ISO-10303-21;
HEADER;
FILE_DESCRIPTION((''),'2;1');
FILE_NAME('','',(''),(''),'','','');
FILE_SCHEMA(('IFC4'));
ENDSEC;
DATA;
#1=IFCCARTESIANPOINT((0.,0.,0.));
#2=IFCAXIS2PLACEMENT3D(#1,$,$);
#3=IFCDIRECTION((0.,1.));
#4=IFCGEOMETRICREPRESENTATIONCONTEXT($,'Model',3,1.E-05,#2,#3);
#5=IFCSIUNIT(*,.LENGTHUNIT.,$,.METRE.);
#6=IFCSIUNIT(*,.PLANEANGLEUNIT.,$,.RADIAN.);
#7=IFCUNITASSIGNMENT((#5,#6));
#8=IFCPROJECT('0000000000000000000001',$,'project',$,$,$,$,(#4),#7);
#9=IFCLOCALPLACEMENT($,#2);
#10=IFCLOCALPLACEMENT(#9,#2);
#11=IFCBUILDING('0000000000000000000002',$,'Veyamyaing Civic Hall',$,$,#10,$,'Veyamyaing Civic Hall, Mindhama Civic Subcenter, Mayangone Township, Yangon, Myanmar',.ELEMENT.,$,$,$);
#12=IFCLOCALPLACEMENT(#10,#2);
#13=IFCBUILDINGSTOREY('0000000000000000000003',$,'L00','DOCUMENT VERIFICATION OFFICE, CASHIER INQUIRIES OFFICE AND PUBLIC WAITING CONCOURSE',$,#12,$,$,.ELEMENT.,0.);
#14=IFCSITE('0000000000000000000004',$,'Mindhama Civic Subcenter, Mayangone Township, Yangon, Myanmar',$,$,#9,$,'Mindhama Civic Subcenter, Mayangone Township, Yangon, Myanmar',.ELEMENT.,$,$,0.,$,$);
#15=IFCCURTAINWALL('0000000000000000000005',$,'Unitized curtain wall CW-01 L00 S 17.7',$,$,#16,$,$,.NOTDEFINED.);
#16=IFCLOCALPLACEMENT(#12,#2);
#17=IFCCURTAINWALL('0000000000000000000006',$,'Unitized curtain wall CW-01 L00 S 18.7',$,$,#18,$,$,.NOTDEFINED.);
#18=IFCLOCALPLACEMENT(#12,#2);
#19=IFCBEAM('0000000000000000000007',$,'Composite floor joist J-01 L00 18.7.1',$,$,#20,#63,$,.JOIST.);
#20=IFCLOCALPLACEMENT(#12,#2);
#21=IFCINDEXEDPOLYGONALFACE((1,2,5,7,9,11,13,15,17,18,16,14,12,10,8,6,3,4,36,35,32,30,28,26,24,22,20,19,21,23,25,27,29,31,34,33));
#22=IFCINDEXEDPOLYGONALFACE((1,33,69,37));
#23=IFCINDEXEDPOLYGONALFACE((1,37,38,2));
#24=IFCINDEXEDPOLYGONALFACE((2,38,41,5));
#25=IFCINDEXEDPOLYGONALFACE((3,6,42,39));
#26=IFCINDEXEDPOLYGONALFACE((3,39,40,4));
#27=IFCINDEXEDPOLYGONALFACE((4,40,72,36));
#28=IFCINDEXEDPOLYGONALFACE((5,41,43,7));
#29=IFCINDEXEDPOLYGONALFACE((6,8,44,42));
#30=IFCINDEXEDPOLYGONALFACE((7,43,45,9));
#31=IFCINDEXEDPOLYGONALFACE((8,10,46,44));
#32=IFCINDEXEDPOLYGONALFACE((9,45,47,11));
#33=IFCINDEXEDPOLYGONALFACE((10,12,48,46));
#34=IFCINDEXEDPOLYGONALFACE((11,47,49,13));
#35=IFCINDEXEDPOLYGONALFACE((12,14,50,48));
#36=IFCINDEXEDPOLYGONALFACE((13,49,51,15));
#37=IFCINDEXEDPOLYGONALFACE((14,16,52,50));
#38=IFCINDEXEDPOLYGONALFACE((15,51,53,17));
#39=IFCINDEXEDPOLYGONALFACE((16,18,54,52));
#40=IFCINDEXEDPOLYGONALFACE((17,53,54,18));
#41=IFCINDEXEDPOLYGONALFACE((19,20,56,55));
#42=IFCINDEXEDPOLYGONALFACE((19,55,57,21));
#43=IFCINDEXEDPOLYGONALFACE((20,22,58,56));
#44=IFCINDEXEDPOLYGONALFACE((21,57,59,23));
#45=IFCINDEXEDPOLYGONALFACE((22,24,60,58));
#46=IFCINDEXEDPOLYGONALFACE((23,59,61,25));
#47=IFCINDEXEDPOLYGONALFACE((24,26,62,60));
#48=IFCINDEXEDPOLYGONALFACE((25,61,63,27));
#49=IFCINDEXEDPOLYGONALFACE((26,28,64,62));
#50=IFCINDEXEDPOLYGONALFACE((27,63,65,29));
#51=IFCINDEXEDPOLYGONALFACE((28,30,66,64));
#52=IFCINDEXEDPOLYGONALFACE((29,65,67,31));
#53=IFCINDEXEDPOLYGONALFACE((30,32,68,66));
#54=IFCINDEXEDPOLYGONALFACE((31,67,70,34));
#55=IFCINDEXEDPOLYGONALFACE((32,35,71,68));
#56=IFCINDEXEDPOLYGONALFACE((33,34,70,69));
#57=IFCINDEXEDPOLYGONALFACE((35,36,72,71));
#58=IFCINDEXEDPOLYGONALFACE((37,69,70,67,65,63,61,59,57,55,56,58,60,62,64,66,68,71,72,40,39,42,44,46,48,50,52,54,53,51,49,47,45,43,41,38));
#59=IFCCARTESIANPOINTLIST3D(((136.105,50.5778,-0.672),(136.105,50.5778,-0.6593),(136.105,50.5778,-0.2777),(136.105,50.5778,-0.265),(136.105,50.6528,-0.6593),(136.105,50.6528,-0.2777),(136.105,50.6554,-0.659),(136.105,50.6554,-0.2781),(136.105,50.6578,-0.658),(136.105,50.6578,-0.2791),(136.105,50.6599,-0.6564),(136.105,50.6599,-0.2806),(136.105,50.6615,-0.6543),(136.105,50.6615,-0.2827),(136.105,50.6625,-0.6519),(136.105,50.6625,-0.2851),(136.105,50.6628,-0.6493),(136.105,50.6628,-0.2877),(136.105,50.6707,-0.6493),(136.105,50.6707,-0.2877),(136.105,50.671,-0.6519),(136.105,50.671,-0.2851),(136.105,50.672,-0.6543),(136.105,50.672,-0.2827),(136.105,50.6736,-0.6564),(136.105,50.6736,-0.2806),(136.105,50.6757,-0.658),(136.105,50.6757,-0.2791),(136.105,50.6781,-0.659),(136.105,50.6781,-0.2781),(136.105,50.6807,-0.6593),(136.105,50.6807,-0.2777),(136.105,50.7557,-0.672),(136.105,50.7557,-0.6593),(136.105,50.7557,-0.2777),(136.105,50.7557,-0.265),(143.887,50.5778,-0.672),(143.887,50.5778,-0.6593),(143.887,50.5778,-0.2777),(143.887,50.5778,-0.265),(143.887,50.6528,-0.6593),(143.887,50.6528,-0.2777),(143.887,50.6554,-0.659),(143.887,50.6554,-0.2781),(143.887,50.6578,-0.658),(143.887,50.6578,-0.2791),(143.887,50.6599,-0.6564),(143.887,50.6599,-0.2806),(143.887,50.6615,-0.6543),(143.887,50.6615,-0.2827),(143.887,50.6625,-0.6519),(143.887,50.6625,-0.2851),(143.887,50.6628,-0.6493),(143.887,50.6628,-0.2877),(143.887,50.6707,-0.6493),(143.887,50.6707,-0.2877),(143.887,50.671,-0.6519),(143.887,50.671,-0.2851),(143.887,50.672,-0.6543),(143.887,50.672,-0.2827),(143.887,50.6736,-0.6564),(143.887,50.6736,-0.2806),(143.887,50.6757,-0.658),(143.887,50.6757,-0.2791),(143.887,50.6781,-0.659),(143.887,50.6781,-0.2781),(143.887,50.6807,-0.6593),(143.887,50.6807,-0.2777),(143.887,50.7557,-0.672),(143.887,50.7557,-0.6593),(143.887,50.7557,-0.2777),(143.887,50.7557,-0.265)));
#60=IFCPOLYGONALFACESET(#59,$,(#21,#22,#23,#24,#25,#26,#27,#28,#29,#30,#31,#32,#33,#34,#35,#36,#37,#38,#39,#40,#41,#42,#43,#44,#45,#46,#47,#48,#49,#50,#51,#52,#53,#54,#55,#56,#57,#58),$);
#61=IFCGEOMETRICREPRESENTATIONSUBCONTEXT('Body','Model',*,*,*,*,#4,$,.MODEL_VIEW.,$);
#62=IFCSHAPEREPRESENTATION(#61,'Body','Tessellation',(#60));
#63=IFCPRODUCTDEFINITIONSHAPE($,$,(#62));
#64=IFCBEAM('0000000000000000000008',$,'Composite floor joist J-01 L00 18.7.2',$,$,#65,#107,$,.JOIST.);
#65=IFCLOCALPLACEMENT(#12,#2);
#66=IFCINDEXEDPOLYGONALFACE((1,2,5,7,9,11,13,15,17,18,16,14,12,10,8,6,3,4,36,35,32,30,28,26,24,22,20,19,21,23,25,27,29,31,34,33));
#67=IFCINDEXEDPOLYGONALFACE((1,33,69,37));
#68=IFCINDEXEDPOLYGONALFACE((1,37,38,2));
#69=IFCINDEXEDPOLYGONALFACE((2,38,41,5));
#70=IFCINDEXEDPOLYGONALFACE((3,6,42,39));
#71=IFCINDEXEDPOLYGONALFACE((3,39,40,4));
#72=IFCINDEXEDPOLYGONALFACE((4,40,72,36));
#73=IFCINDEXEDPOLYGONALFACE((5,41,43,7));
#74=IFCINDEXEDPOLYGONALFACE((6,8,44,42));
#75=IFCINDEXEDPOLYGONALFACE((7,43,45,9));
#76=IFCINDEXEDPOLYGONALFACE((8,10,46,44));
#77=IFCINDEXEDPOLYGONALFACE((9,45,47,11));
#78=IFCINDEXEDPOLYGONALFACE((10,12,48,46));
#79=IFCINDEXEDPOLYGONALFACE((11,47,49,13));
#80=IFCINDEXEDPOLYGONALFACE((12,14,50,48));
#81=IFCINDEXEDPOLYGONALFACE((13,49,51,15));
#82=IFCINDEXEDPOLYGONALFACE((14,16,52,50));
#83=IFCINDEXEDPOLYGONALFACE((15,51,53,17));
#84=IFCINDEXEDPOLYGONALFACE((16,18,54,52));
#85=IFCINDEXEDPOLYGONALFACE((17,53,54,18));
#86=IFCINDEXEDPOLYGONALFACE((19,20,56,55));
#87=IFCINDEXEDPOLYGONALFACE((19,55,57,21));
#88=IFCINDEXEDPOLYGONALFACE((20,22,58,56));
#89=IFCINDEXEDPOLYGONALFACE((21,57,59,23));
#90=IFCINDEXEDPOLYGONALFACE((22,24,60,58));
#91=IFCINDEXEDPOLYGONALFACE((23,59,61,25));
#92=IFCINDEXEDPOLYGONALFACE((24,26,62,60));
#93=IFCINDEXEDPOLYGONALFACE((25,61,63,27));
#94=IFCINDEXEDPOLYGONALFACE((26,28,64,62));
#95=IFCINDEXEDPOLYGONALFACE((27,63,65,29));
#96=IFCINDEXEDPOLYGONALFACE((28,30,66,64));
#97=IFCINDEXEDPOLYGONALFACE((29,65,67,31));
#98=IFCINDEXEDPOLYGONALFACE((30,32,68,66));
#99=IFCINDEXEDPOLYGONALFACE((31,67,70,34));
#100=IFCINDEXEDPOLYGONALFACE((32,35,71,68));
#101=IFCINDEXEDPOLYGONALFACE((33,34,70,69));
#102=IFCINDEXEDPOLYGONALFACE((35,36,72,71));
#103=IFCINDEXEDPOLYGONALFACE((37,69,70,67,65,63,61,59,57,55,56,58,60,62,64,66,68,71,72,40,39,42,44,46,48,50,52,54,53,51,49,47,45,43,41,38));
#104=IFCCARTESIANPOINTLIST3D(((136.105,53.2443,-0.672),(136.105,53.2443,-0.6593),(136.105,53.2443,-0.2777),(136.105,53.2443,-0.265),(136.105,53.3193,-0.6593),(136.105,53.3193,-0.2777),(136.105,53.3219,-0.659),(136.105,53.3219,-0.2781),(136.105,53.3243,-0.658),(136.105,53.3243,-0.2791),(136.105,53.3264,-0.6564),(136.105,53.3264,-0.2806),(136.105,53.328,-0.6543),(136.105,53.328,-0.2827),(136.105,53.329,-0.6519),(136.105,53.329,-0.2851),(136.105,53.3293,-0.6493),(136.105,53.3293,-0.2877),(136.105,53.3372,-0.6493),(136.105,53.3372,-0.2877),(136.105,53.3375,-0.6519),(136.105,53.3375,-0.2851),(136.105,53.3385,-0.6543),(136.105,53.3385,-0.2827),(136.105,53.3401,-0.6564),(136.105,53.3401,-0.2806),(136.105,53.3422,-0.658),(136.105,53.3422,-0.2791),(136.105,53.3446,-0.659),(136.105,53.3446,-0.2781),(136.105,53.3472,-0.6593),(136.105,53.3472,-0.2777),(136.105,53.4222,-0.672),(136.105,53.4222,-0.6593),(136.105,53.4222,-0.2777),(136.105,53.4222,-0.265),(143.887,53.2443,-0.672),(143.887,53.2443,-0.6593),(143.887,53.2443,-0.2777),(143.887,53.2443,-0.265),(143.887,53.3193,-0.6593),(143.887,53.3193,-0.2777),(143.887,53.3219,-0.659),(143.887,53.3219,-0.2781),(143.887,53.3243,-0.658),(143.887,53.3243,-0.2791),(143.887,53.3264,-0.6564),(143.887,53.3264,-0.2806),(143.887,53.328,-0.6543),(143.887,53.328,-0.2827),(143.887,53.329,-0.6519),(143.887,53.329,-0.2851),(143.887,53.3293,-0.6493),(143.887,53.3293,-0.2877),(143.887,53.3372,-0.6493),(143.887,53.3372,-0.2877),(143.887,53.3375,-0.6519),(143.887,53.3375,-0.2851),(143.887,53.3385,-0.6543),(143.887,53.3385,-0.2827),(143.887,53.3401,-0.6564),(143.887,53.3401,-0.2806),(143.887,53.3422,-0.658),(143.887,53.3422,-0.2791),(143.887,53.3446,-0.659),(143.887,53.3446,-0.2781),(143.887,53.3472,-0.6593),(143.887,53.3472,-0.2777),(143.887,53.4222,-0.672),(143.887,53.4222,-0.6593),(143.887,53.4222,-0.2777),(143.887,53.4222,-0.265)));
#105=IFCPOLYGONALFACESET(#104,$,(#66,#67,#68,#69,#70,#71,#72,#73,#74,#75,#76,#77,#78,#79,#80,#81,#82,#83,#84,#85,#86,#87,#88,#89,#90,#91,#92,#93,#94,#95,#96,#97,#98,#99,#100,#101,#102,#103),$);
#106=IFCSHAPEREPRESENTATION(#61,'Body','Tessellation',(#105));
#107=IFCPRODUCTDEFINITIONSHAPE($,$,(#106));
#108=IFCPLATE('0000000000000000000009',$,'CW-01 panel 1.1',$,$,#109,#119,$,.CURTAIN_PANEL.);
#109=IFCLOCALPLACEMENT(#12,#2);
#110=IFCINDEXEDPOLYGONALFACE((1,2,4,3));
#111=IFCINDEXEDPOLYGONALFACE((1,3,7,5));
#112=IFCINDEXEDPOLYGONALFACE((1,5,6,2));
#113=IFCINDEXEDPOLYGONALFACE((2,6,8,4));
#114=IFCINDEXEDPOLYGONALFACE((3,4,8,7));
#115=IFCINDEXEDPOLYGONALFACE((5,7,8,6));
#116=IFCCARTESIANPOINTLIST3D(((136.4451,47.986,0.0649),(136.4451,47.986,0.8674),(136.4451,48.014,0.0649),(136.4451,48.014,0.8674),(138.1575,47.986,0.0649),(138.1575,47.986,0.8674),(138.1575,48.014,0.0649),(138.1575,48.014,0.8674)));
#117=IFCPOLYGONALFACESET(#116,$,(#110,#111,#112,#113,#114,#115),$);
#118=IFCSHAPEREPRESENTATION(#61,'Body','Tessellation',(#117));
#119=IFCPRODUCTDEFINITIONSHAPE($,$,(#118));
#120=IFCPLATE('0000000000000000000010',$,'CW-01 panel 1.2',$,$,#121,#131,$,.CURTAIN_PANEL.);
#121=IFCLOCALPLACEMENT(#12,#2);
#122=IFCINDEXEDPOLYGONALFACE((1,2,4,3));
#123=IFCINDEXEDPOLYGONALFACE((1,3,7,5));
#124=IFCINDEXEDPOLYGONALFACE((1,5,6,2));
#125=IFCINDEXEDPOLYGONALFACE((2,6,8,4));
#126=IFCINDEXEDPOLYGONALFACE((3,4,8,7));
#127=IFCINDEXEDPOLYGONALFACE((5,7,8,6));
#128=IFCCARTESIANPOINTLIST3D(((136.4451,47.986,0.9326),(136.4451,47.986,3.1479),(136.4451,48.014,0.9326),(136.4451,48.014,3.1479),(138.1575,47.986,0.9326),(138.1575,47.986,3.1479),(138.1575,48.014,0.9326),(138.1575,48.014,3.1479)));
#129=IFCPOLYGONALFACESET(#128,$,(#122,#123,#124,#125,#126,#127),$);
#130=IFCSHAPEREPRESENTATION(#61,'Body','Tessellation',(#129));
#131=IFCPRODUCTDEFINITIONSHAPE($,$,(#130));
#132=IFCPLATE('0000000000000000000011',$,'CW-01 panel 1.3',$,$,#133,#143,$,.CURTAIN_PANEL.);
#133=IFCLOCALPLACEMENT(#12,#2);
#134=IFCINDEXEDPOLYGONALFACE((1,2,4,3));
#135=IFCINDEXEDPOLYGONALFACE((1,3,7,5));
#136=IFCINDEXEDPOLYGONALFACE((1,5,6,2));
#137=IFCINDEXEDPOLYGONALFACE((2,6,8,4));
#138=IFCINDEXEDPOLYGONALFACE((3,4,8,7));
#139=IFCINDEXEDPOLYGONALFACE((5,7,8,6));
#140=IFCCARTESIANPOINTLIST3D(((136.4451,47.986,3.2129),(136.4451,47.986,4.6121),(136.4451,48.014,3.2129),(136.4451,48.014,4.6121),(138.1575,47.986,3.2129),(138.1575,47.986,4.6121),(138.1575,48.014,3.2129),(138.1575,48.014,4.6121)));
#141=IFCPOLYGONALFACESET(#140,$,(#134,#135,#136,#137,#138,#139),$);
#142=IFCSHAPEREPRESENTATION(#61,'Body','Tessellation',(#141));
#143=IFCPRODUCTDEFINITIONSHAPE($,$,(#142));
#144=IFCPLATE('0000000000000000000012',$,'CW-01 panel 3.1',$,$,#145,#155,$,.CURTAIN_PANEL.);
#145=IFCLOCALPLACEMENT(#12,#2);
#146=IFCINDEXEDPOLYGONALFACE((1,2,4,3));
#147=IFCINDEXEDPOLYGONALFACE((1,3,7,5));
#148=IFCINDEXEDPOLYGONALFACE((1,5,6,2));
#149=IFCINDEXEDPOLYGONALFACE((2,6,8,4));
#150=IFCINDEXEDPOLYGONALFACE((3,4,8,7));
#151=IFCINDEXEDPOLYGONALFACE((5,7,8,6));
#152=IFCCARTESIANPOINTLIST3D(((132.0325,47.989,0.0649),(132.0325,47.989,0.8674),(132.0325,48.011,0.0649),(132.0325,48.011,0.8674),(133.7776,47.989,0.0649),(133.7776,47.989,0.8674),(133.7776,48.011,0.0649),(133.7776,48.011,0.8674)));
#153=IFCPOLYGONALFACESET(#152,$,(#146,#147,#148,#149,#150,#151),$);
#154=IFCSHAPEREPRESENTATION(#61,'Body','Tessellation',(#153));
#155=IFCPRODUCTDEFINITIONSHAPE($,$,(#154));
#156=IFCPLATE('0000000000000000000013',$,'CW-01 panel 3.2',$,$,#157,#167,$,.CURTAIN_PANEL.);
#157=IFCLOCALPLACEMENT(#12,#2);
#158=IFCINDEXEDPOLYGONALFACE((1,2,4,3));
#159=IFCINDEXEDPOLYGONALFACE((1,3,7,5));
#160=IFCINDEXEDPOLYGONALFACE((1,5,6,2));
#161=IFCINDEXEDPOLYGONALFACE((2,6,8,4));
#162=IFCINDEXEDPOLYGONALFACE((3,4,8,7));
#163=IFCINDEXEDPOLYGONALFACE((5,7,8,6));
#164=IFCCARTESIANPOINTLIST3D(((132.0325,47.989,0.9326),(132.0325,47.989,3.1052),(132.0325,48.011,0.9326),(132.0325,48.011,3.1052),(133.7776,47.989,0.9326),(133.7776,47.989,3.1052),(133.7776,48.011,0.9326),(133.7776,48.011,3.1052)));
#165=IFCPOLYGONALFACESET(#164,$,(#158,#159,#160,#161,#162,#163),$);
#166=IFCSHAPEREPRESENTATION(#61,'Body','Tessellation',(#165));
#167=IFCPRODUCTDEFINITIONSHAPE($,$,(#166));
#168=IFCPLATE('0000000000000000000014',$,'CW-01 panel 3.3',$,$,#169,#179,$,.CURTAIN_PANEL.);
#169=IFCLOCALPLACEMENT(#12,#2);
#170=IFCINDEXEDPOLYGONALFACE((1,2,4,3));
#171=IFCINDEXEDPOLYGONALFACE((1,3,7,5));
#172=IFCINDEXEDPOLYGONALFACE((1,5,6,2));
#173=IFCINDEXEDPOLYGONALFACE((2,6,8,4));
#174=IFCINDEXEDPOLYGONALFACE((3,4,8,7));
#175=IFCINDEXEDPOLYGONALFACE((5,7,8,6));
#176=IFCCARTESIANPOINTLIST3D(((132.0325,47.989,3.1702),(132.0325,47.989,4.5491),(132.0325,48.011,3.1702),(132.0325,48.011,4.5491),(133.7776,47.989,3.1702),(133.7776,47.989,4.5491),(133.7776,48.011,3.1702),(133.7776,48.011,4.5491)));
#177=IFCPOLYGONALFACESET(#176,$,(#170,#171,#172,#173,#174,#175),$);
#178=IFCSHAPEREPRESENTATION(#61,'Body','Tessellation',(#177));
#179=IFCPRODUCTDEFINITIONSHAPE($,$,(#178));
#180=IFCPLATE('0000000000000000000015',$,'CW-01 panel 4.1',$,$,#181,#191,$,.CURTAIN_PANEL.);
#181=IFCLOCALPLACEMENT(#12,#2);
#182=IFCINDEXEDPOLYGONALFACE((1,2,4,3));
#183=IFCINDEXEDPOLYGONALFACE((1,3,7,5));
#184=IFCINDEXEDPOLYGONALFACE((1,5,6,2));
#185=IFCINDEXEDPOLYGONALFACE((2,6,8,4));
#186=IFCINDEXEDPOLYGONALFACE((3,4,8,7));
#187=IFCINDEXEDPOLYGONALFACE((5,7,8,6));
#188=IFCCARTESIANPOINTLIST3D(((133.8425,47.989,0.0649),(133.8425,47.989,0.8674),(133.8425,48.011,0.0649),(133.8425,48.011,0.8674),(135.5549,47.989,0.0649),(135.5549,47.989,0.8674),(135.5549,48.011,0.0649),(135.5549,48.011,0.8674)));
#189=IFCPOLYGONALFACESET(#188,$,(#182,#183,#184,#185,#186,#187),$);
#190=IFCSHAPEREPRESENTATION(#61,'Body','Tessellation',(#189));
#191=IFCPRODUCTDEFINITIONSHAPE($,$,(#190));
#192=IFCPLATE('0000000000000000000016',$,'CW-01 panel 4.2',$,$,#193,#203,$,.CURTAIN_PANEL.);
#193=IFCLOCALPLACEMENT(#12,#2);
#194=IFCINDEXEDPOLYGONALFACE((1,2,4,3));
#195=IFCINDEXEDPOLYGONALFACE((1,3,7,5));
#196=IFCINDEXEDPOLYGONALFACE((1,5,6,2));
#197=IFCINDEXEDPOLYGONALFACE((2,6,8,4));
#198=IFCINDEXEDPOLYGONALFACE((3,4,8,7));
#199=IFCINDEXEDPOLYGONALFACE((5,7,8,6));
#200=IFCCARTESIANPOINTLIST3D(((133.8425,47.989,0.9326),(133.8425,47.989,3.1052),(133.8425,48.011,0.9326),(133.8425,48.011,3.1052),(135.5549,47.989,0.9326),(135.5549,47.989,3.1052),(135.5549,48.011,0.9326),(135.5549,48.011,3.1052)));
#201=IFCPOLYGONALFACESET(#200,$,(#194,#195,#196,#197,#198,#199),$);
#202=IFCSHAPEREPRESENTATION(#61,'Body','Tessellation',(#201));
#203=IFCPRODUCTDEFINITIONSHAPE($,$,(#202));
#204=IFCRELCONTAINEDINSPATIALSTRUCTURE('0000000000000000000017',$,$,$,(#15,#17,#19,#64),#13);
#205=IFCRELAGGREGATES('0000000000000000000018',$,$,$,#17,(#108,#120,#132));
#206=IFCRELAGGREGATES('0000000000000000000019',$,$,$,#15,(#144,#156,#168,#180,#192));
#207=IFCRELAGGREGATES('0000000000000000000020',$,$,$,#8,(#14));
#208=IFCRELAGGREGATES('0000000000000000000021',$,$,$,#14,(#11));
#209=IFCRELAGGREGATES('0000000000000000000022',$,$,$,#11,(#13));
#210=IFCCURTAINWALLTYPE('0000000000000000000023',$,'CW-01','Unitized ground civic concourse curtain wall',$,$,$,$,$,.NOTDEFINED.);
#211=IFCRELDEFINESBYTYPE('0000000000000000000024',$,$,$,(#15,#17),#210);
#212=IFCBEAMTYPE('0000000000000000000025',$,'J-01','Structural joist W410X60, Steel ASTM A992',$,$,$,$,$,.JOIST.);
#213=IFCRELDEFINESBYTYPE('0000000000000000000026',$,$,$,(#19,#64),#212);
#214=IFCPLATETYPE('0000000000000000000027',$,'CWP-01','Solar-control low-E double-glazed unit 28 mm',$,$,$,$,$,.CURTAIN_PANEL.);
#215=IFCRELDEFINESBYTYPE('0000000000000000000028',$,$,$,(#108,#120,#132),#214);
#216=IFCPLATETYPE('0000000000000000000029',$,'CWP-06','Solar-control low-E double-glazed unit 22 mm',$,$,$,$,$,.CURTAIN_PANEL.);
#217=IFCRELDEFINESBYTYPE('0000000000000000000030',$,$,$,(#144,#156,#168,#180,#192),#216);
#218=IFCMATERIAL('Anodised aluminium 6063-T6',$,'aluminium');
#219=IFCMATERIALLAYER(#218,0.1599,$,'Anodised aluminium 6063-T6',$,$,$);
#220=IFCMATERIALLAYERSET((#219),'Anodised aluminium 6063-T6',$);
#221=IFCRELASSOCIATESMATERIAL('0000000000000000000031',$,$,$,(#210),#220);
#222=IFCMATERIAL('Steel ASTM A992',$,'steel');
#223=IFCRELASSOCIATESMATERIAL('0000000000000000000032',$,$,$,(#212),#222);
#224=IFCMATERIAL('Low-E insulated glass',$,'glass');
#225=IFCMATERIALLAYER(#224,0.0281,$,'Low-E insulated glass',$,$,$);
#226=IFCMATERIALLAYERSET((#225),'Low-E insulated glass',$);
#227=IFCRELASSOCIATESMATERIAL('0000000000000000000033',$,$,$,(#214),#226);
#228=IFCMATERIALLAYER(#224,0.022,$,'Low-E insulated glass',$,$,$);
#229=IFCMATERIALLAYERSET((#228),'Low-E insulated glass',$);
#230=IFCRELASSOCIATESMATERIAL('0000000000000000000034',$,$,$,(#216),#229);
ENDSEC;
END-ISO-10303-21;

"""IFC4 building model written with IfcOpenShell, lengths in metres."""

from ifc_helpers import new_model, si_unit, direction, frame, origin, origin_2d, place, context, subcontext, project, spatial, rectangle, i_section, extrude, material, layer, layer_set, material_profile, profile_set, type_object, element, aggregate, save


model = new_model("IFC4")

# Units and contexts
model_context = context("Model", 3, precision=1e-05, world=origin(), true_north=direction((0.0, 1.0)))
body_context = subcontext(model_context, "Body", "Model", "MODEL_VIEW")
ifc_project = project(units=[si_unit("LENGTHUNIT", "METRE"), si_unit("PLANEANGLEUNIT", "RADIAN")], contexts=[model_context])

# Site, building, storey
site_placement = place(None, origin())
site = spatial("IfcSite", under=ifc_project, at=site_placement, Name="Mindhama Civic Subcenter, Mayangone Township, Yangon, Myanmar", LongName="Mindhama Civic Subcenter, Mayangone Township, Yangon, Myanmar", CompositionType="ELEMENT", RefElevation=0.0)
building_placement = place(site_placement, origin())
building = spatial("IfcBuilding", under=site, at=building_placement, Name="Veyamyaing Civic Hall", LongName="Veyamyaing Civic Hall, Mindhama Civic Subcenter, Mayangone Township, Yangon, Myanmar", CompositionType="ELEMENT")
storey_placement = place(building_placement, origin())
storey = spatial("IfcBuildingStorey", under=building, at=storey_placement, Name="L00", Description="DOCUMENT VERIFICATION OFFICE, CASHIER INQUIRIES OFFICE AND PUBLIC WAITING CONCOURSE", CompositionType="ELEMENT", Elevation=0.0)

# Shared definitions
ifc_material_1 = material(Name="Steel ASTM A992", Category="steel")

# Curtain walls
ifc_material_2 = material(Name="Anodised aluminium 6063-T6", Category="aluminium")
ifc_layer_1 = layer(ifc_material_2, 0.1599, Name="Anodised aluminium 6063-T6")
ifc_layer_set_1 = layer_set([ifc_layer_1], Name="Anodised aluminium 6063-T6")
curtain_wall_type = type_object("IfcCurtainWallType", Name="CW-01", Description="Unitized ground civic concourse curtain wall", PredefinedType="NOTDEFINED", material=ifc_layer_set_1)
curtain_wall_1_placement = place(storey_placement, origin())
curtain_wall_1 = element("IfcCurtainWall", 1, at=curtain_wall_1_placement, inside=storey, type_object=curtain_wall_type, Name="Unitized curtain wall CW-01 L00 S 17.7", PredefinedType="NOTDEFINED")
curtain_wall_2_placement = place(storey_placement, origin())
curtain_wall_2 = element("IfcCurtainWall", 2, at=curtain_wall_2_placement, inside=storey, type_object=curtain_wall_type, Name="Unitized curtain wall CW-01 L00 S 18.7", PredefinedType="NOTDEFINED")

# Beams
ifc_material_profile_1 = material_profile(ifc_material_1, i_section(OverallWidth=0.178, OverallDepth=0.407, WebThickness=0.0078, FlangeThickness=0.0127, FilletRadius=0.01, at=origin_2d()), Name="W410X60")
ifc_profile_set_1 = profile_set([ifc_material_profile_1], Name="Steel ASTM A992")
beam_type_1 = type_object("IfcBeamType", Name="J-01", Description="Structural joist W410X60, Steel ASTM A992", PredefinedType="JOIST", material=ifc_profile_set_1)
for number, where, z_axis, x_axis, name in (
    (3, (136.105, 50.6667, -0.4685), (1.0, 0.0, 0.0), (0.0, 1.0, 0.0), "Composite floor joist J-01 L00 18.7.1"),
    (4, (136.105, 53.3333, -0.4685), (1.0, 0.0, 0.0), (0.0, 1.0, 0.0), "Composite floor joist J-01 L00 18.7.2"),
):
    element("IfcBeam", number, at=place(storey_placement, frame(where, z_axis=z_axis, x_axis=x_axis)), inside=storey, type_object=beam_type_1, Name=name, PredefinedType="JOIST", context=body_context, shape_type="SweptSolid", body=[
        extrude(i_section(OverallWidth=0.178, OverallDepth=0.407, WebThickness=0.0078, FlangeThickness=0.0127, FilletRadius=0.01, at=origin_2d()), origin(), (0.0, 0.0, 1.0), 7.782),
    ])

# Plates
ifc_material_3 = material(Name="Low-E insulated glass", Category="glass")
ifc_layer_2 = layer(ifc_material_3, 0.0281, Name="Low-E insulated glass")
ifc_layer_set_2 = layer_set([ifc_layer_2], Name="Low-E insulated glass")
plate_type_1 = type_object("IfcPlateType", Name="CWP-01", Description="Solar-control low-E double-glazed unit 28 mm", PredefinedType="CURTAIN_PANEL", material=ifc_layer_set_2)
plate_1_placement = place(storey_placement, frame((137.3013, 48.0, 0.0649), z_axis=(0.0, 0.0, 1.0), x_axis=(1.0, 0.0, 0.0)))
plate_1 = element("IfcPlate", 5, at=plate_1_placement, type_object=plate_type_1, Name="CW-01 panel 1.1", PredefinedType="CURTAIN_PANEL", context=body_context, shape_type="SweptSolid", body=[
    extrude(rectangle(XDim=1.7124, YDim=0.0281, at=origin_2d()), origin(), (0.0, 0.0, 1.0), 0.8025),
])
plate_2_placement = place(storey_placement, frame((137.3013, 48.0, 0.9326), z_axis=(0.0, 0.0, 1.0), x_axis=(1.0, 0.0, 0.0)))
plate_2 = element("IfcPlate", 6, at=plate_2_placement, type_object=plate_type_1, Name="CW-01 panel 1.2", PredefinedType="CURTAIN_PANEL", context=body_context, shape_type="SweptSolid", body=[
    extrude(rectangle(XDim=1.7124, YDim=0.0281, at=origin_2d()), origin(), (0.0, 0.0, 1.0), 2.2153),
])
plate_3_placement = place(storey_placement, frame((137.3013, 48.0, 3.2129), z_axis=(0.0, 0.0, 1.0), x_axis=(1.0, 0.0, 0.0)))
plate_3 = element("IfcPlate", 7, at=plate_3_placement, type_object=plate_type_1, Name="CW-01 panel 1.3", PredefinedType="CURTAIN_PANEL", context=body_context, shape_type="SweptSolid", body=[
    extrude(rectangle(XDim=1.7124, YDim=0.0281, at=origin_2d()), origin(), (0.0, 0.0, 1.0), 1.3992),
])
aggregate(curtain_wall_2, [plate_1, plate_2, plate_3])
ifc_layer_3 = layer(ifc_material_3, 0.022, Name="Low-E insulated glass")
ifc_layer_set_3 = layer_set([ifc_layer_3], Name="Low-E insulated glass")
plate_type_2 = type_object("IfcPlateType", Name="CWP-06", Description="Solar-control low-E double-glazed unit 22 mm", PredefinedType="CURTAIN_PANEL", material=ifc_layer_set_3)
plate_4_placement = place(storey_placement, frame((132.905, 48.0, 0.0649), z_axis=(0.0, 0.0, 1.0), x_axis=(1.0, 0.0, 0.0)))
plate_4 = element("IfcPlate", 8, at=plate_4_placement, type_object=plate_type_2, Name="CW-01 panel 3.1", PredefinedType="CURTAIN_PANEL", context=body_context, shape_type="SweptSolid", body=[
    extrude(rectangle(XDim=1.7451, YDim=0.022, at=origin_2d()), origin(), (0.0, 0.0, 1.0), 0.8025),
])
plate_5_placement = place(storey_placement, frame((132.905, 48.0, 0.9326), z_axis=(0.0, 0.0, 1.0), x_axis=(1.0, 0.0, 0.0)))
plate_5 = element("IfcPlate", 9, at=plate_5_placement, type_object=plate_type_2, Name="CW-01 panel 3.2", PredefinedType="CURTAIN_PANEL", context=body_context, shape_type="SweptSolid", body=[
    extrude(rectangle(XDim=1.7451, YDim=0.022, at=origin_2d()), origin(), (0.0, 0.0, 1.0), 2.1726),
])
plate_6_placement = place(storey_placement, frame((132.905, 48.0, 3.1702), z_axis=(0.0, 0.0, 1.0), x_axis=(1.0, 0.0, 0.0)))
plate_6 = element("IfcPlate", 10, at=plate_6_placement, type_object=plate_type_2, Name="CW-01 panel 3.3", PredefinedType="CURTAIN_PANEL", context=body_context, shape_type="SweptSolid", body=[
    extrude(rectangle(XDim=1.7451, YDim=0.022, at=origin_2d()), origin(), (0.0, 0.0, 1.0), 1.3789),
])
plate_7_placement = place(storey_placement, frame((134.6987, 48.0, 0.0649), z_axis=(0.0, 0.0, 1.0), x_axis=(1.0, 0.0, 0.0)))
plate_7 = element("IfcPlate", 11, at=plate_7_placement, type_object=plate_type_2, Name="CW-01 panel 4.1", PredefinedType="CURTAIN_PANEL", context=body_context, shape_type="SweptSolid", body=[
    extrude(rectangle(XDim=1.7124, YDim=0.022, at=origin_2d()), origin(), (0.0, 0.0, 1.0), 0.8025),
])
plate_8_placement = place(storey_placement, frame((134.6987, 48.0, 0.9326), z_axis=(0.0, 0.0, 1.0), x_axis=(1.0, 0.0, 0.0)))
plate_8 = element("IfcPlate", 12, at=plate_8_placement, type_object=plate_type_2, Name="CW-01 panel 4.2", PredefinedType="CURTAIN_PANEL", context=body_context, shape_type="SweptSolid", body=[
    extrude(rectangle(XDim=1.7124, YDim=0.022, at=origin_2d()), origin(), (0.0, 0.0, 1.0), 2.1726),
])
aggregate(curtain_wall_1, [plate_4, plate_5, plate_6, plate_7, plate_8])

save(model, "model.ifc")
